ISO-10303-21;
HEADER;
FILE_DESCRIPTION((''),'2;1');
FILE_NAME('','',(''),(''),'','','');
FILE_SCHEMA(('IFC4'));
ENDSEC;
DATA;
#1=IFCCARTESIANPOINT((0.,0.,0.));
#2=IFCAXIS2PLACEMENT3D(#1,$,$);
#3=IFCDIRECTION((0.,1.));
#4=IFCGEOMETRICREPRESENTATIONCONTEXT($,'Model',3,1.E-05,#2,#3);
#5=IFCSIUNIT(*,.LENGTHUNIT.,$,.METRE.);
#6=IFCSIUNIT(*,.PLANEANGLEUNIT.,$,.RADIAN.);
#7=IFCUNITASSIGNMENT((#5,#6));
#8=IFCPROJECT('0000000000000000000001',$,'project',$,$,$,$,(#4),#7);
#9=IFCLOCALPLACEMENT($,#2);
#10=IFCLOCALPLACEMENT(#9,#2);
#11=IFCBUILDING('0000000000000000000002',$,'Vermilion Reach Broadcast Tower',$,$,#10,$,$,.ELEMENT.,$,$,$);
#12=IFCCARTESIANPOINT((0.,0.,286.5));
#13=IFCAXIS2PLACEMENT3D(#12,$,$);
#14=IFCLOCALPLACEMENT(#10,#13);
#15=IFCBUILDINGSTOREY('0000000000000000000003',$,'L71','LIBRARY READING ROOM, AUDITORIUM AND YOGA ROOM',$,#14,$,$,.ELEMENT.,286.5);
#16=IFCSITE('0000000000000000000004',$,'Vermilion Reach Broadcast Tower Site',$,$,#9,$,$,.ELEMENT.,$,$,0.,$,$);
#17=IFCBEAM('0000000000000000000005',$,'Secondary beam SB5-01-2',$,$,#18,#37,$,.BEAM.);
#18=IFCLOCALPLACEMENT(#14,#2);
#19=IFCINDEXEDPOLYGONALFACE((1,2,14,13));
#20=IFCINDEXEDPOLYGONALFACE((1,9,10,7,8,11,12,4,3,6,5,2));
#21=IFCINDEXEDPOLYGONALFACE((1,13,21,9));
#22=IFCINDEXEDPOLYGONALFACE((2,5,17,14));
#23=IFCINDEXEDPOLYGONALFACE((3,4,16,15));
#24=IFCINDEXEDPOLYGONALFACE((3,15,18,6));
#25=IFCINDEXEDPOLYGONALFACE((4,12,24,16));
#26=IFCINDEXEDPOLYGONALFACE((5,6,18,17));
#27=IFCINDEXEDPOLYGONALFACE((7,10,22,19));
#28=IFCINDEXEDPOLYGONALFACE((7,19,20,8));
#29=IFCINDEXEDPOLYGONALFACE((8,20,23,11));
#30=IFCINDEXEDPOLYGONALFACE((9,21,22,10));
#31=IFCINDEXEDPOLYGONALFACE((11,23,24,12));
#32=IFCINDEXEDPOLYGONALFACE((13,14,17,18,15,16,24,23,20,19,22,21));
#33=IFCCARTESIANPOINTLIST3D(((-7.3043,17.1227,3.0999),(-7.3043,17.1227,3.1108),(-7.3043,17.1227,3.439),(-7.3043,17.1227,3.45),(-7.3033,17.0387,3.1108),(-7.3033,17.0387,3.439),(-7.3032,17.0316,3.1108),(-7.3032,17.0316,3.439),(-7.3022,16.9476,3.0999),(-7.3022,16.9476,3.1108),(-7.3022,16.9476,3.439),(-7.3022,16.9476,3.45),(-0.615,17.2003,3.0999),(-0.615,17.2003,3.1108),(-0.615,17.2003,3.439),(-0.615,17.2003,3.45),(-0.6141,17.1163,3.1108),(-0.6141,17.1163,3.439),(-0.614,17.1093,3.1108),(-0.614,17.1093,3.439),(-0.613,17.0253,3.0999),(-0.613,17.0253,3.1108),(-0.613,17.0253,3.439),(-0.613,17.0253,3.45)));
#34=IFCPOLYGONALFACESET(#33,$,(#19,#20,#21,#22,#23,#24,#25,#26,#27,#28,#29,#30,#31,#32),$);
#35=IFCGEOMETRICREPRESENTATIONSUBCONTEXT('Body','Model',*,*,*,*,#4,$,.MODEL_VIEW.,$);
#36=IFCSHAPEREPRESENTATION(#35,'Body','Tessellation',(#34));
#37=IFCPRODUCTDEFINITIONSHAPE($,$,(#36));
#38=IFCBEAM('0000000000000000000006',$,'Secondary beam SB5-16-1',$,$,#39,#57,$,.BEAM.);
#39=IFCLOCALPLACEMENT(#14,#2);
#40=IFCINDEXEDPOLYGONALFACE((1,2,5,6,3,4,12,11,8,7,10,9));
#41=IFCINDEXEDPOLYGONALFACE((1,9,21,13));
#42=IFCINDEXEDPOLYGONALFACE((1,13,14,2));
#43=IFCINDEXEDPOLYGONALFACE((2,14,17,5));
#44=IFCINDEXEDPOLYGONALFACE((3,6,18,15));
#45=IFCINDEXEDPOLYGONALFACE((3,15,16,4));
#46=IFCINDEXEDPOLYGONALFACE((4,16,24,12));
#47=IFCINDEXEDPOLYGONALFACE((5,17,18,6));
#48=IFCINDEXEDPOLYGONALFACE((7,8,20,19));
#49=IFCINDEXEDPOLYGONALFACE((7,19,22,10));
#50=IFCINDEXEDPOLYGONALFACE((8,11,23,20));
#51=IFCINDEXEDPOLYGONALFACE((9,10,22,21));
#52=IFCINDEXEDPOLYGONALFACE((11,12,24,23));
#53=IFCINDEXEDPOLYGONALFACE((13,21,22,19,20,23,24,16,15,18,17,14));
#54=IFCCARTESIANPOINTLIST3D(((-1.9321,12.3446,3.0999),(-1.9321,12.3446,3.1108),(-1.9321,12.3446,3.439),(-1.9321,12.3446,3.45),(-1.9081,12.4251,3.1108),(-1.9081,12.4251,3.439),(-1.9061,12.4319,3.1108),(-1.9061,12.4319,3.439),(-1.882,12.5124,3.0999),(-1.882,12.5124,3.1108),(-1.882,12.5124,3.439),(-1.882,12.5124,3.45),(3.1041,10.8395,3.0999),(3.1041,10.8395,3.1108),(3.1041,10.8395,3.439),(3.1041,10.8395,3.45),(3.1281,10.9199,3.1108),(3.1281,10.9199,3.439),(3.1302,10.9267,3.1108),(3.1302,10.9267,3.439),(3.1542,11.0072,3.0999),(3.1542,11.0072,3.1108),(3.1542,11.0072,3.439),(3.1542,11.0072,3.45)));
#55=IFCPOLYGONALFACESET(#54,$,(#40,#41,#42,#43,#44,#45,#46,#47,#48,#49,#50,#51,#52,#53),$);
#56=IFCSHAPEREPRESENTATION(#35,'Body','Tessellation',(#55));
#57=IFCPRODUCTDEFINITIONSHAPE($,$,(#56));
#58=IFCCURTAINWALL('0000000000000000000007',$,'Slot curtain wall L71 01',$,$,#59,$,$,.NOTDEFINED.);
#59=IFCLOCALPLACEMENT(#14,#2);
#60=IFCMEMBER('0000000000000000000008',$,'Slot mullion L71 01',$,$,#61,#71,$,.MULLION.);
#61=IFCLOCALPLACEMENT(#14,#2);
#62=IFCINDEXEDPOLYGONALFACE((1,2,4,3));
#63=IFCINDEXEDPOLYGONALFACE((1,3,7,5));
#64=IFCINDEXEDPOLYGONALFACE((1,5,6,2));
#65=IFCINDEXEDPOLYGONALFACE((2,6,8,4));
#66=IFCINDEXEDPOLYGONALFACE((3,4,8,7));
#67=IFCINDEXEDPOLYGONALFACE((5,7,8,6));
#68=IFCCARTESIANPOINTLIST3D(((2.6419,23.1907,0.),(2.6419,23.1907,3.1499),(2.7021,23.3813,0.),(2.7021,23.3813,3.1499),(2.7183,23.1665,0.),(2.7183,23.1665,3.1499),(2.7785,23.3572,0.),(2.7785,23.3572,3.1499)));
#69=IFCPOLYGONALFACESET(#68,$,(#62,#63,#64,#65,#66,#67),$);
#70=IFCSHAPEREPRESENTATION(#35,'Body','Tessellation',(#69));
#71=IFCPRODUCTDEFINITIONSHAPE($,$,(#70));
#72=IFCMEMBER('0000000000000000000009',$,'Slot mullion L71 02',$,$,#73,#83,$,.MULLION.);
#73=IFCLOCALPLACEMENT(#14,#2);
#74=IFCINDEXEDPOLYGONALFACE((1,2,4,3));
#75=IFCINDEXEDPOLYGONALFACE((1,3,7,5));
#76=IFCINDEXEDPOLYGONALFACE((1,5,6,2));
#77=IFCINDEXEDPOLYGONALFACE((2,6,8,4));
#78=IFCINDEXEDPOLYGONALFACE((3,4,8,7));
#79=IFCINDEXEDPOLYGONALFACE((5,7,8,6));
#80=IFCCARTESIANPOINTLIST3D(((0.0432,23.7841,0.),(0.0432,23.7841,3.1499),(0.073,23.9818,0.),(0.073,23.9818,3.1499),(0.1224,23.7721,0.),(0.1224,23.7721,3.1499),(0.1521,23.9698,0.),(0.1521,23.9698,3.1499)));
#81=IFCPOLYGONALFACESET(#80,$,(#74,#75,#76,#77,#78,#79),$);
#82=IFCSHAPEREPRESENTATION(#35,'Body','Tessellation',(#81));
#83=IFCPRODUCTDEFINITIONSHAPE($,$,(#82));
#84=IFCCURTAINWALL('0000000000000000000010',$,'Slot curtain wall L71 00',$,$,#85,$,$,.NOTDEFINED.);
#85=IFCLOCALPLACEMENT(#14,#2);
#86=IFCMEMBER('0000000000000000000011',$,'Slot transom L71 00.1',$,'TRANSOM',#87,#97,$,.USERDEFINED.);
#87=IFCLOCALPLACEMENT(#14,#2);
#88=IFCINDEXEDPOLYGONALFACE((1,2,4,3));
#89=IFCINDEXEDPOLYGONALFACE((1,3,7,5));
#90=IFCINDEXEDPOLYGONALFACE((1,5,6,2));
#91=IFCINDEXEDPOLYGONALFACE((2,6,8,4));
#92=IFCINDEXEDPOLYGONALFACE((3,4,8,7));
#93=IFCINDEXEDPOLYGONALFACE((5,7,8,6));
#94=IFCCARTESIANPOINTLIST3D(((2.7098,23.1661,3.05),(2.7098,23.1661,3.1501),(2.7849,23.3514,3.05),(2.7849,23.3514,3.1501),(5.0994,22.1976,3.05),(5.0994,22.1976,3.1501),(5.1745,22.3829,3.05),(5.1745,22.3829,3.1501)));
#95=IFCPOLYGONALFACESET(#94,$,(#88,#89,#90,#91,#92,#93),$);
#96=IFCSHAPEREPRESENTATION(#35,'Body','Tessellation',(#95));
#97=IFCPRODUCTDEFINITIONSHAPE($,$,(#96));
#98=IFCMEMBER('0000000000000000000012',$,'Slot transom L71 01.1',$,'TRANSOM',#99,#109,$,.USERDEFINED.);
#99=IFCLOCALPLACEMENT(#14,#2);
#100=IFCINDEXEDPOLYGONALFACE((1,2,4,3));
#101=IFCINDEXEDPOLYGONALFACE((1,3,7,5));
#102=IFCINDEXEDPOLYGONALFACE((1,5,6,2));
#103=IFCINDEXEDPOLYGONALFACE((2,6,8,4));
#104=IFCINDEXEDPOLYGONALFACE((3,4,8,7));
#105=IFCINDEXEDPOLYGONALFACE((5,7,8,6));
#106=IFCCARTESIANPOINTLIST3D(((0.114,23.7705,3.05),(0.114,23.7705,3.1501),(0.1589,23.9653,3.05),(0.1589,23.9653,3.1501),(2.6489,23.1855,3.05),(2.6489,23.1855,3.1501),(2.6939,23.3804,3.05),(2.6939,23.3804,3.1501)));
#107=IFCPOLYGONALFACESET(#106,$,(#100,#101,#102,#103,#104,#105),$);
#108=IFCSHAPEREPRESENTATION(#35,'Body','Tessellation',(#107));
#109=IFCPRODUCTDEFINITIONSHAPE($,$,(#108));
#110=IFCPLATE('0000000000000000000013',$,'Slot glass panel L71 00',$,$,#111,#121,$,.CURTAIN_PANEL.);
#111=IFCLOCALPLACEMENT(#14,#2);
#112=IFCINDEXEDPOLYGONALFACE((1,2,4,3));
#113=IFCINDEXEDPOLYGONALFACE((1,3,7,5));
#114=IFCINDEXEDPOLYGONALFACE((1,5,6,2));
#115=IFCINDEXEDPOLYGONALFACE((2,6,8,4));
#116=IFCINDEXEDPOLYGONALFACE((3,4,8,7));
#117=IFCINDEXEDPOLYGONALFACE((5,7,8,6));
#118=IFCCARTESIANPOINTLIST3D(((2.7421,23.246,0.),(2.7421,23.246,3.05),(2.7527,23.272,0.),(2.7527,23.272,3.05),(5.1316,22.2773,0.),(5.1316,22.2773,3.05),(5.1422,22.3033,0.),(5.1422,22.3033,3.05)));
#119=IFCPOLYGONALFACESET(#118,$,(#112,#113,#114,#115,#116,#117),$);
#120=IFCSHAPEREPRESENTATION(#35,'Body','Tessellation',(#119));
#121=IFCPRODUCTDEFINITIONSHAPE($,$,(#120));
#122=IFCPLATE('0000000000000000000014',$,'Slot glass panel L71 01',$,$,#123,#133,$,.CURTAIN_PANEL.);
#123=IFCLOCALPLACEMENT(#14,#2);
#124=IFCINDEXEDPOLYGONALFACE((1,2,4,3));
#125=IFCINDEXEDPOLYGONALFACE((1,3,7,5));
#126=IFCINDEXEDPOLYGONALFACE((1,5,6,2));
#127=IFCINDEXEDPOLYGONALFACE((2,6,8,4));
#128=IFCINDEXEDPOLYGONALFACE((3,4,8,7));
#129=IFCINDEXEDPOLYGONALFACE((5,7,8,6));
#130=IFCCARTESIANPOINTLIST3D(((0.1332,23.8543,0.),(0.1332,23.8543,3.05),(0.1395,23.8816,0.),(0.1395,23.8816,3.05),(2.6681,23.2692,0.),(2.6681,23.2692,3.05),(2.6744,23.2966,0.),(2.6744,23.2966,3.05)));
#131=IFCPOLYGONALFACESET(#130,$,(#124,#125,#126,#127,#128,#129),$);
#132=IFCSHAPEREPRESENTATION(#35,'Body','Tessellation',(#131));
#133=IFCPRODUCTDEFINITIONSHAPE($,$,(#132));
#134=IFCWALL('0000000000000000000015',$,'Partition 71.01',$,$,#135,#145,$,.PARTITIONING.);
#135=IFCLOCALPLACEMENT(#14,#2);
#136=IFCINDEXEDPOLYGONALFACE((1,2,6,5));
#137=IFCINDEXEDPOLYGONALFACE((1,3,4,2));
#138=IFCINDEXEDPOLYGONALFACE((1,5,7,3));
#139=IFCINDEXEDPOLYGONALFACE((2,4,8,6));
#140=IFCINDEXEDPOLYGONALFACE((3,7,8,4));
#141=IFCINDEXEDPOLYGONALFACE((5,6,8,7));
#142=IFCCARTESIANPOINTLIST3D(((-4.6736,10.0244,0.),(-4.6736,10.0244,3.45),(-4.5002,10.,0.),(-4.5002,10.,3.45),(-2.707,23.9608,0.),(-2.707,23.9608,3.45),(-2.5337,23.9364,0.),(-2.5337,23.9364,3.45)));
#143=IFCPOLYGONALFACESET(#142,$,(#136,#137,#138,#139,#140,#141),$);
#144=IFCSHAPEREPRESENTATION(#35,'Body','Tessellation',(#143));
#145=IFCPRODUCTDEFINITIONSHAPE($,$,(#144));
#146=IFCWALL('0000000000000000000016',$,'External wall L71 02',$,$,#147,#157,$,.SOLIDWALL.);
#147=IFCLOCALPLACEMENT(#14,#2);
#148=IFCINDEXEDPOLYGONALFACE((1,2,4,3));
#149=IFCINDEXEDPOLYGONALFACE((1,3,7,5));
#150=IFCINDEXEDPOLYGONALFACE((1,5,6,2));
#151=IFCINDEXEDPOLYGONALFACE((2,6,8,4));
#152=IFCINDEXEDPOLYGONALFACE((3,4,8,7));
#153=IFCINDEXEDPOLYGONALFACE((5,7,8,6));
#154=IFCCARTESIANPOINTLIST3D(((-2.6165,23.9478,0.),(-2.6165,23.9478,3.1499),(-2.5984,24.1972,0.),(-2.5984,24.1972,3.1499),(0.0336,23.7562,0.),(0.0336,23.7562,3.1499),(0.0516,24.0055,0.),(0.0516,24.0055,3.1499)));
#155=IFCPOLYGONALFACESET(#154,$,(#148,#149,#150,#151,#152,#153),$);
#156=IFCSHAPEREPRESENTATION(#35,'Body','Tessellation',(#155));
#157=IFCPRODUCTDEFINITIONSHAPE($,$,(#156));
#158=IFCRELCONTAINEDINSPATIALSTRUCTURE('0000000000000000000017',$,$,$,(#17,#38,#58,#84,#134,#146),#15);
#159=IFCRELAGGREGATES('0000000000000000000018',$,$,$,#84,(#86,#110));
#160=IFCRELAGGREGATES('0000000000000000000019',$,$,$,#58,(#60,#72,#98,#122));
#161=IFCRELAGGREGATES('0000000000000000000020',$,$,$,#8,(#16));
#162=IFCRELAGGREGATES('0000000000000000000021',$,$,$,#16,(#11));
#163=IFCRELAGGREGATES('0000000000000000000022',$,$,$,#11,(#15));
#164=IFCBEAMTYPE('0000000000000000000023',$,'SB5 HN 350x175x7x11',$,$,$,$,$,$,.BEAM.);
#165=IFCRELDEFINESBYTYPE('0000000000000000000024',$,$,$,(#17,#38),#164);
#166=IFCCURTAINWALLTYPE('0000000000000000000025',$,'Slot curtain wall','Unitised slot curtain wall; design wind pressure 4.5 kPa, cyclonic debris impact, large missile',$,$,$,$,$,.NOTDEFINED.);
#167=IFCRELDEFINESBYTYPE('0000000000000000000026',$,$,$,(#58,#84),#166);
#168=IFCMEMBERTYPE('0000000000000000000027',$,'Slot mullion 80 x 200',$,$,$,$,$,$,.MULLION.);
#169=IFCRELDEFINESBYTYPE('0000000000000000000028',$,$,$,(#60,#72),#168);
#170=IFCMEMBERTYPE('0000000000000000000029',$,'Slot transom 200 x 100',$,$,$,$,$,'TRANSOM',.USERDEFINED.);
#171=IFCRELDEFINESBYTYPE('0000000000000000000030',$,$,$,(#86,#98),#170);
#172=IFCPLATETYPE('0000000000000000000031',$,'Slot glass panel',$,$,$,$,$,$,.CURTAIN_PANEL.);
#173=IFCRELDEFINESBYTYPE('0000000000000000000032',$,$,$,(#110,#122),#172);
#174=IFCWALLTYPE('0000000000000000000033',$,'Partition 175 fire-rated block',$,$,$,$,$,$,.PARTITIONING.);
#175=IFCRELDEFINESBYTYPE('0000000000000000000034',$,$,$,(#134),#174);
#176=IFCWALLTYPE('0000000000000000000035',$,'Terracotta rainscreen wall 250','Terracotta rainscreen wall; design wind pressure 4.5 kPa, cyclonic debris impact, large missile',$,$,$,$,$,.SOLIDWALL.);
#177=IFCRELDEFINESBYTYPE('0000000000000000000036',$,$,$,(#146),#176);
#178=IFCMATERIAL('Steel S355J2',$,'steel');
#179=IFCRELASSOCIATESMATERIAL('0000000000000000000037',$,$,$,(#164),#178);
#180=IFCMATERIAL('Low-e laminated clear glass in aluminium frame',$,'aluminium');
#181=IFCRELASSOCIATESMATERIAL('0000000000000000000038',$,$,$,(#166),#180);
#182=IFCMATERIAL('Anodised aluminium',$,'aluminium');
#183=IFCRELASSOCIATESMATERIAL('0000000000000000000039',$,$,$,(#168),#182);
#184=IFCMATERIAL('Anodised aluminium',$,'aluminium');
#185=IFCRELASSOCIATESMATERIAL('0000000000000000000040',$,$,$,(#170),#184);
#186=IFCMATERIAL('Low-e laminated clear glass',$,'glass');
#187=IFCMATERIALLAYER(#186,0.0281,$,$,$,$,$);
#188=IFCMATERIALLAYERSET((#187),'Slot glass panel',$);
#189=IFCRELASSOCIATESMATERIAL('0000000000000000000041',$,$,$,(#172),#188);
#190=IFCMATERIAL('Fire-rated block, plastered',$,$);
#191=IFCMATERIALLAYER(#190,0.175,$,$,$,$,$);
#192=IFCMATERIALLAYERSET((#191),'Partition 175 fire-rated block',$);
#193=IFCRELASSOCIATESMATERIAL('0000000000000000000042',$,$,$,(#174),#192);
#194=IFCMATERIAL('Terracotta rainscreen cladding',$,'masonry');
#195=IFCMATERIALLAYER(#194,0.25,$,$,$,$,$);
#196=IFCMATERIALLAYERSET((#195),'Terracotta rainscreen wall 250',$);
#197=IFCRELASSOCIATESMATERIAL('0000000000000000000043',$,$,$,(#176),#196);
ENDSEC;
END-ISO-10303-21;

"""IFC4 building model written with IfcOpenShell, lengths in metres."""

from ifc_helpers import new_model, si_unit, direction, frame, frame_2d, origin, origin_2d, place, context, subcontext, project, spatial, rectangle, i_section, extrude, material, layer, layer_set, material_profile, profile_set, type_object, element, aggregate, save


model = new_model("IFC4")

# Units and contexts
model_context = context("Model", 3, precision=1e-05, world=origin(), true_north=direction((0.0, 1.0)))
body_context = subcontext(model_context, "Body", "Model", "MODEL_VIEW")
ifc_project = project(units=[si_unit("LENGTHUNIT", "METRE"), si_unit("PLANEANGLEUNIT", "RADIAN")], contexts=[model_context])

# Site, building, storey
site_placement = place(None, origin())
site = spatial("IfcSite", under=ifc_project, at=site_placement, Name="Vermilion Reach Broadcast Tower Site", CompositionType="ELEMENT", RefElevation=0.0)
building_placement = place(site_placement, origin())
building = spatial("IfcBuilding", under=site, at=building_placement, Name="Vermilion Reach Broadcast Tower", CompositionType="ELEMENT")
storey_placement = place(building_placement, frame((0.0, 0.0, 286.5)))
storey = spatial("IfcBuildingStorey", under=building, at=storey_placement, Name="L71", Description="LIBRARY READING ROOM, AUDITORIUM AND YOGA ROOM", CompositionType="ELEMENT", Elevation=286.5)

# Beams
ifc_material_1 = material(Name="Steel S355J2", Category="steel")
ifc_material_profile_1 = material_profile(ifc_material_1, i_section(OverallWidth=0.175, OverallDepth=0.3501, WebThickness=0.0071, FlangeThickness=0.011, at=origin_2d()), Name="S355J2 HN 350x175x7x11")
ifc_profile_set_1 = profile_set([ifc_material_profile_1], Name="Steel S355J2")
beam_type_1 = type_object("IfcBeamType", Name="SB5 HN 350x175x7x11", PredefinedType="BEAM", material=ifc_profile_set_1)
beam_1_placement = place(storey_placement, frame((-0.614, 17.1128, 3.2749), z_axis=(-0.999933, -0.011605, 0.0), x_axis=(0.011605, -0.999933, 0.0)))
element("IfcBeam", 1, at=beam_1_placement, inside=storey, type_object=beam_type_1, Name="Secondary beam SB5-01-2", PredefinedType="BEAM", context=body_context, shape_type="SweptSolid", body=[
    extrude(i_section(OverallWidth=0.175, OverallDepth=0.3501, WebThickness=0.0071, FlangeThickness=0.011, at=origin_2d()), origin(), (0.0, 0.0, 1.0), 6.6897),
])
beam_2_placement = place(storey_placement, frame((3.1292, 10.9233, 3.2749), z_axis=(-0.958125, 0.286351, 0.0), x_axis=(-0.286351, -0.958125, 0.0)))
element("IfcBeam", 2, at=beam_2_placement, inside=storey, type_object=beam_type_1, Name="Secondary beam SB5-16-1", PredefinedType="BEAM", context=body_context, shape_type="SweptSolid", body=[
    extrude(i_section(OverallWidth=0.175, OverallDepth=0.3501, WebThickness=0.0071, FlangeThickness=0.011, at=origin_2d()), origin(), (0.0, 0.0, 1.0), 5.2563),
])

# Curtain wall, members
ifc_material_2 = material(Name="Low-e laminated clear glass in aluminium frame", Category="aluminium")
curtain_wall_type = type_object("IfcCurtainWallType", Name="Slot curtain wall", Description="Unitised slot curtain wall; design wind pressure 4.5 kPa, cyclonic debris impact, large missile", PredefinedType="NOTDEFINED", material=ifc_material_2)
placement = place(storey_placement, origin())
curtain_wall_1 = element("IfcCurtainWall", 3, at=placement, inside=storey, type_object=curtain_wall_type, Name="Slot curtain wall L71 01", PredefinedType="NOTDEFINED")
ifc_material_3 = material(Name="Anodised aluminium", Category="aluminium")
ifc_material_profile_2 = material_profile(ifc_material_3, rectangle(XDim=0.2, YDim=0.0801, at=origin_2d()), Name="Slot mullion 80 x 200")
ifc_profile_set_2 = profile_set([ifc_material_profile_2], Name="Anodised aluminium")
member_type_1 = type_object("IfcMemberType", Name="Slot mullion 80 x 200", PredefinedType="MULLION", material=ifc_profile_set_2)
member_1_placement = place(storey_placement, frame((2.7102, 23.2739, 0.0), z_axis=(0.0, 0.0, 1.0), x_axis=(-0.301223, -0.953554, 0.0)))
member_1 = element("IfcMember", 4, at=member_1_placement, type_object=member_type_1, Name="Slot mullion L71 01", PredefinedType="MULLION", context=body_context, shape_type="SweptSolid", body=[
    extrude(rectangle(XDim=0.2, YDim=0.0801, at=origin_2d()), origin(), (0.0, 0.0, 1.0), 3.1499),
])
member_2_placement = place(storey_placement, frame((0.0977, 23.877, 0.0), z_axis=(0.0, 0.0, 1.0), x_axis=(-0.148957, -0.988844, 0.0)))
member_2 = element("IfcMember", 5, at=member_2_placement, type_object=member_type_1, Name="Slot mullion L71 02", PredefinedType="MULLION", context=body_context, shape_type="SweptSolid", body=[
    extrude(rectangle(XDim=0.2, YDim=0.0801, at=origin_2d()), origin(), (0.0, 0.0, 1.0), 3.1499),
])

# Curtain wall, member
curtain_wall_2 = element("IfcCurtainWall", 6, at=placement, inside=storey, type_object=curtain_wall_type, Name="Slot curtain wall L71 00", PredefinedType="NOTDEFINED")
ifc_material_4 = material(Name="Anodised aluminium", Category="aluminium")
ifc_material_profile_3 = material_profile(ifc_material_4, rectangle(XDim=0.2, YDim=0.1001, at=origin_2d()), Name="Slot transom 200 x 100")
ifc_profile_set_3 = profile_set([ifc_material_profile_3], Name="Anodised aluminium")
member_type_2 = type_object("IfcMemberType", Name="Slot transom 200 x 100", ElementType="TRANSOM", PredefinedType="USERDEFINED", material=ifc_profile_set_3)
member_3_placement = place(storey_placement, frame((5.137, 22.2903, 3.1001), z_axis=(-0.926776, 0.375615, 0.0), x_axis=(-0.375615, -0.926776, 0.0)))
member_3 = element("IfcMember", 7, at=member_3_placement, type_object=member_type_2, Name="Slot transom L71 00.1", ObjectType="TRANSOM", PredefinedType="USERDEFINED", context=body_context, shape_type="SweptSolid", body=[
    extrude(rectangle(XDim=0.2, YDim=0.1001, at=origin_2d()), origin(), (0.0, 0.0, 1.0), 2.5784),
])

# Member
member_4_placement = place(storey_placement, frame((2.6714, 23.283, 3.1001), z_axis=(-0.974393, 0.224853, 0.0), x_axis=(-0.224853, -0.974393, 0.0)))
member_4 = element("IfcMember", 8, at=member_4_placement, type_object=member_type_2, Name="Slot transom L71 01.1", ObjectType="TRANSOM", PredefinedType="USERDEFINED", context=body_context, shape_type="SweptSolid", body=[
    extrude(rectangle(XDim=0.2, YDim=0.1001, at=origin_2d()), origin(), (0.0, 0.0, 1.0), 2.6016),
])

# Plates
ifc_material_5 = material(Name="Low-e laminated clear glass", Category="glass")
ifc_layer_1 = layer(ifc_material_5, 0.0281)
ifc_layer_set_1 = layer_set([ifc_layer_1], Name="Slot glass panel")
plate_type = type_object("IfcPlateType", Name="Slot glass panel", PredefinedType="CURTAIN_PANEL", material=ifc_layer_set_1)
plate_1_placement = place(storey_placement, frame((3.9421, 22.7747, 0.0), z_axis=(0.0, 0.0, 1.0), x_axis=(-0.926747, 0.375687, 0.0)))
plate_1 = element("IfcPlate", 9, at=plate_1_placement, type_object=plate_type, Name="Slot glass panel L71 00", PredefinedType="CURTAIN_PANEL", context=body_context, shape_type="SweptSolid", body=[
    extrude(rectangle(XDim=2.5784, YDim=0.0281, at=origin_2d()), origin(), (0.0, 0.0, 1.0), 3.05),
])
aggregate(curtain_wall_2, [member_3, plate_1])
plate_2_placement = place(storey_placement, frame((1.4038, 23.5754, 0.0), z_axis=(0.0, 0.0, 1.0), x_axis=(-0.974388, 0.224873, 0.0)))
plate_2 = element("IfcPlate", 10, at=plate_2_placement, type_object=plate_type, Name="Slot glass panel L71 01", PredefinedType="CURTAIN_PANEL", context=body_context, shape_type="SweptSolid", body=[
    extrude(rectangle(XDim=2.6016, YDim=0.0281, at=origin_2d()), origin(), (0.0, 0.0, 1.0), 3.05),
])
aggregate(curtain_wall_1, [member_1, member_2, member_4, plate_2])

# Walls
ifc_material_6 = material(Name="Fire-rated block, plastered")
ifc_layer_2 = layer(ifc_material_6, 0.175)
ifc_layer_set_2 = layer_set([ifc_layer_2], Name="Partition 175 fire-rated block")
wall_type_1 = type_object("IfcWallType", Name="Partition 175 fire-rated block", PredefinedType="PARTITIONING", material=ifc_layer_set_2)
wall_1_placement = place(storey_placement, frame((-2.6204, 23.9485, 0.0), z_axis=(0.0, 0.0, 1.0), x_axis=(-0.139726, -0.99019, 0.0)))
element("IfcWall", 11, at=wall_1_placement, inside=storey, type_object=wall_type_1, Name="Partition 71.01", PredefinedType="PARTITIONING", context=body_context, shape_type="SweptSolid", body=[
    extrude(rectangle(XDim=14.0745, YDim=0.175, at=frame_2d((7.0371, 0.0))), origin(), (0.0, 0.0, 1.0), 3.45),
])
ifc_material_7 = material(Name="Terracotta rainscreen cladding", Category="masonry")
ifc_layer_3 = layer(ifc_material_7, 0.25)
ifc_layer_set_3 = layer_set([ifc_layer_3], Name="Terracotta rainscreen wall 250")
wall_type_2 = type_object("IfcWallType", Name="Terracotta rainscreen wall 250", Description="Terracotta rainscreen wall; design wind pressure 4.5 kPa, cyclonic debris impact, large missile", PredefinedType="SOLIDWALL", material=ifc_layer_set_3)
wall_2_placement = place(storey_placement, frame((0.0427, 23.8809, 0.0), z_axis=(0.0, 0.0, 1.0), x_axis=(-0.997395, 0.072129, 0.0)))
element("IfcWall", 12, at=wall_2_placement, inside=storey, type_object=wall_type_2, Name="External wall L71 02", PredefinedType="SOLIDWALL", context=body_context, shape_type="SweptSolid", body=[
    extrude(rectangle(XDim=2.657, YDim=0.25, at=frame_2d((1.3286, 0.0))), origin(), (0.0, 0.0, 1.0), 3.1499),
])

save(model, "model.ifc")
